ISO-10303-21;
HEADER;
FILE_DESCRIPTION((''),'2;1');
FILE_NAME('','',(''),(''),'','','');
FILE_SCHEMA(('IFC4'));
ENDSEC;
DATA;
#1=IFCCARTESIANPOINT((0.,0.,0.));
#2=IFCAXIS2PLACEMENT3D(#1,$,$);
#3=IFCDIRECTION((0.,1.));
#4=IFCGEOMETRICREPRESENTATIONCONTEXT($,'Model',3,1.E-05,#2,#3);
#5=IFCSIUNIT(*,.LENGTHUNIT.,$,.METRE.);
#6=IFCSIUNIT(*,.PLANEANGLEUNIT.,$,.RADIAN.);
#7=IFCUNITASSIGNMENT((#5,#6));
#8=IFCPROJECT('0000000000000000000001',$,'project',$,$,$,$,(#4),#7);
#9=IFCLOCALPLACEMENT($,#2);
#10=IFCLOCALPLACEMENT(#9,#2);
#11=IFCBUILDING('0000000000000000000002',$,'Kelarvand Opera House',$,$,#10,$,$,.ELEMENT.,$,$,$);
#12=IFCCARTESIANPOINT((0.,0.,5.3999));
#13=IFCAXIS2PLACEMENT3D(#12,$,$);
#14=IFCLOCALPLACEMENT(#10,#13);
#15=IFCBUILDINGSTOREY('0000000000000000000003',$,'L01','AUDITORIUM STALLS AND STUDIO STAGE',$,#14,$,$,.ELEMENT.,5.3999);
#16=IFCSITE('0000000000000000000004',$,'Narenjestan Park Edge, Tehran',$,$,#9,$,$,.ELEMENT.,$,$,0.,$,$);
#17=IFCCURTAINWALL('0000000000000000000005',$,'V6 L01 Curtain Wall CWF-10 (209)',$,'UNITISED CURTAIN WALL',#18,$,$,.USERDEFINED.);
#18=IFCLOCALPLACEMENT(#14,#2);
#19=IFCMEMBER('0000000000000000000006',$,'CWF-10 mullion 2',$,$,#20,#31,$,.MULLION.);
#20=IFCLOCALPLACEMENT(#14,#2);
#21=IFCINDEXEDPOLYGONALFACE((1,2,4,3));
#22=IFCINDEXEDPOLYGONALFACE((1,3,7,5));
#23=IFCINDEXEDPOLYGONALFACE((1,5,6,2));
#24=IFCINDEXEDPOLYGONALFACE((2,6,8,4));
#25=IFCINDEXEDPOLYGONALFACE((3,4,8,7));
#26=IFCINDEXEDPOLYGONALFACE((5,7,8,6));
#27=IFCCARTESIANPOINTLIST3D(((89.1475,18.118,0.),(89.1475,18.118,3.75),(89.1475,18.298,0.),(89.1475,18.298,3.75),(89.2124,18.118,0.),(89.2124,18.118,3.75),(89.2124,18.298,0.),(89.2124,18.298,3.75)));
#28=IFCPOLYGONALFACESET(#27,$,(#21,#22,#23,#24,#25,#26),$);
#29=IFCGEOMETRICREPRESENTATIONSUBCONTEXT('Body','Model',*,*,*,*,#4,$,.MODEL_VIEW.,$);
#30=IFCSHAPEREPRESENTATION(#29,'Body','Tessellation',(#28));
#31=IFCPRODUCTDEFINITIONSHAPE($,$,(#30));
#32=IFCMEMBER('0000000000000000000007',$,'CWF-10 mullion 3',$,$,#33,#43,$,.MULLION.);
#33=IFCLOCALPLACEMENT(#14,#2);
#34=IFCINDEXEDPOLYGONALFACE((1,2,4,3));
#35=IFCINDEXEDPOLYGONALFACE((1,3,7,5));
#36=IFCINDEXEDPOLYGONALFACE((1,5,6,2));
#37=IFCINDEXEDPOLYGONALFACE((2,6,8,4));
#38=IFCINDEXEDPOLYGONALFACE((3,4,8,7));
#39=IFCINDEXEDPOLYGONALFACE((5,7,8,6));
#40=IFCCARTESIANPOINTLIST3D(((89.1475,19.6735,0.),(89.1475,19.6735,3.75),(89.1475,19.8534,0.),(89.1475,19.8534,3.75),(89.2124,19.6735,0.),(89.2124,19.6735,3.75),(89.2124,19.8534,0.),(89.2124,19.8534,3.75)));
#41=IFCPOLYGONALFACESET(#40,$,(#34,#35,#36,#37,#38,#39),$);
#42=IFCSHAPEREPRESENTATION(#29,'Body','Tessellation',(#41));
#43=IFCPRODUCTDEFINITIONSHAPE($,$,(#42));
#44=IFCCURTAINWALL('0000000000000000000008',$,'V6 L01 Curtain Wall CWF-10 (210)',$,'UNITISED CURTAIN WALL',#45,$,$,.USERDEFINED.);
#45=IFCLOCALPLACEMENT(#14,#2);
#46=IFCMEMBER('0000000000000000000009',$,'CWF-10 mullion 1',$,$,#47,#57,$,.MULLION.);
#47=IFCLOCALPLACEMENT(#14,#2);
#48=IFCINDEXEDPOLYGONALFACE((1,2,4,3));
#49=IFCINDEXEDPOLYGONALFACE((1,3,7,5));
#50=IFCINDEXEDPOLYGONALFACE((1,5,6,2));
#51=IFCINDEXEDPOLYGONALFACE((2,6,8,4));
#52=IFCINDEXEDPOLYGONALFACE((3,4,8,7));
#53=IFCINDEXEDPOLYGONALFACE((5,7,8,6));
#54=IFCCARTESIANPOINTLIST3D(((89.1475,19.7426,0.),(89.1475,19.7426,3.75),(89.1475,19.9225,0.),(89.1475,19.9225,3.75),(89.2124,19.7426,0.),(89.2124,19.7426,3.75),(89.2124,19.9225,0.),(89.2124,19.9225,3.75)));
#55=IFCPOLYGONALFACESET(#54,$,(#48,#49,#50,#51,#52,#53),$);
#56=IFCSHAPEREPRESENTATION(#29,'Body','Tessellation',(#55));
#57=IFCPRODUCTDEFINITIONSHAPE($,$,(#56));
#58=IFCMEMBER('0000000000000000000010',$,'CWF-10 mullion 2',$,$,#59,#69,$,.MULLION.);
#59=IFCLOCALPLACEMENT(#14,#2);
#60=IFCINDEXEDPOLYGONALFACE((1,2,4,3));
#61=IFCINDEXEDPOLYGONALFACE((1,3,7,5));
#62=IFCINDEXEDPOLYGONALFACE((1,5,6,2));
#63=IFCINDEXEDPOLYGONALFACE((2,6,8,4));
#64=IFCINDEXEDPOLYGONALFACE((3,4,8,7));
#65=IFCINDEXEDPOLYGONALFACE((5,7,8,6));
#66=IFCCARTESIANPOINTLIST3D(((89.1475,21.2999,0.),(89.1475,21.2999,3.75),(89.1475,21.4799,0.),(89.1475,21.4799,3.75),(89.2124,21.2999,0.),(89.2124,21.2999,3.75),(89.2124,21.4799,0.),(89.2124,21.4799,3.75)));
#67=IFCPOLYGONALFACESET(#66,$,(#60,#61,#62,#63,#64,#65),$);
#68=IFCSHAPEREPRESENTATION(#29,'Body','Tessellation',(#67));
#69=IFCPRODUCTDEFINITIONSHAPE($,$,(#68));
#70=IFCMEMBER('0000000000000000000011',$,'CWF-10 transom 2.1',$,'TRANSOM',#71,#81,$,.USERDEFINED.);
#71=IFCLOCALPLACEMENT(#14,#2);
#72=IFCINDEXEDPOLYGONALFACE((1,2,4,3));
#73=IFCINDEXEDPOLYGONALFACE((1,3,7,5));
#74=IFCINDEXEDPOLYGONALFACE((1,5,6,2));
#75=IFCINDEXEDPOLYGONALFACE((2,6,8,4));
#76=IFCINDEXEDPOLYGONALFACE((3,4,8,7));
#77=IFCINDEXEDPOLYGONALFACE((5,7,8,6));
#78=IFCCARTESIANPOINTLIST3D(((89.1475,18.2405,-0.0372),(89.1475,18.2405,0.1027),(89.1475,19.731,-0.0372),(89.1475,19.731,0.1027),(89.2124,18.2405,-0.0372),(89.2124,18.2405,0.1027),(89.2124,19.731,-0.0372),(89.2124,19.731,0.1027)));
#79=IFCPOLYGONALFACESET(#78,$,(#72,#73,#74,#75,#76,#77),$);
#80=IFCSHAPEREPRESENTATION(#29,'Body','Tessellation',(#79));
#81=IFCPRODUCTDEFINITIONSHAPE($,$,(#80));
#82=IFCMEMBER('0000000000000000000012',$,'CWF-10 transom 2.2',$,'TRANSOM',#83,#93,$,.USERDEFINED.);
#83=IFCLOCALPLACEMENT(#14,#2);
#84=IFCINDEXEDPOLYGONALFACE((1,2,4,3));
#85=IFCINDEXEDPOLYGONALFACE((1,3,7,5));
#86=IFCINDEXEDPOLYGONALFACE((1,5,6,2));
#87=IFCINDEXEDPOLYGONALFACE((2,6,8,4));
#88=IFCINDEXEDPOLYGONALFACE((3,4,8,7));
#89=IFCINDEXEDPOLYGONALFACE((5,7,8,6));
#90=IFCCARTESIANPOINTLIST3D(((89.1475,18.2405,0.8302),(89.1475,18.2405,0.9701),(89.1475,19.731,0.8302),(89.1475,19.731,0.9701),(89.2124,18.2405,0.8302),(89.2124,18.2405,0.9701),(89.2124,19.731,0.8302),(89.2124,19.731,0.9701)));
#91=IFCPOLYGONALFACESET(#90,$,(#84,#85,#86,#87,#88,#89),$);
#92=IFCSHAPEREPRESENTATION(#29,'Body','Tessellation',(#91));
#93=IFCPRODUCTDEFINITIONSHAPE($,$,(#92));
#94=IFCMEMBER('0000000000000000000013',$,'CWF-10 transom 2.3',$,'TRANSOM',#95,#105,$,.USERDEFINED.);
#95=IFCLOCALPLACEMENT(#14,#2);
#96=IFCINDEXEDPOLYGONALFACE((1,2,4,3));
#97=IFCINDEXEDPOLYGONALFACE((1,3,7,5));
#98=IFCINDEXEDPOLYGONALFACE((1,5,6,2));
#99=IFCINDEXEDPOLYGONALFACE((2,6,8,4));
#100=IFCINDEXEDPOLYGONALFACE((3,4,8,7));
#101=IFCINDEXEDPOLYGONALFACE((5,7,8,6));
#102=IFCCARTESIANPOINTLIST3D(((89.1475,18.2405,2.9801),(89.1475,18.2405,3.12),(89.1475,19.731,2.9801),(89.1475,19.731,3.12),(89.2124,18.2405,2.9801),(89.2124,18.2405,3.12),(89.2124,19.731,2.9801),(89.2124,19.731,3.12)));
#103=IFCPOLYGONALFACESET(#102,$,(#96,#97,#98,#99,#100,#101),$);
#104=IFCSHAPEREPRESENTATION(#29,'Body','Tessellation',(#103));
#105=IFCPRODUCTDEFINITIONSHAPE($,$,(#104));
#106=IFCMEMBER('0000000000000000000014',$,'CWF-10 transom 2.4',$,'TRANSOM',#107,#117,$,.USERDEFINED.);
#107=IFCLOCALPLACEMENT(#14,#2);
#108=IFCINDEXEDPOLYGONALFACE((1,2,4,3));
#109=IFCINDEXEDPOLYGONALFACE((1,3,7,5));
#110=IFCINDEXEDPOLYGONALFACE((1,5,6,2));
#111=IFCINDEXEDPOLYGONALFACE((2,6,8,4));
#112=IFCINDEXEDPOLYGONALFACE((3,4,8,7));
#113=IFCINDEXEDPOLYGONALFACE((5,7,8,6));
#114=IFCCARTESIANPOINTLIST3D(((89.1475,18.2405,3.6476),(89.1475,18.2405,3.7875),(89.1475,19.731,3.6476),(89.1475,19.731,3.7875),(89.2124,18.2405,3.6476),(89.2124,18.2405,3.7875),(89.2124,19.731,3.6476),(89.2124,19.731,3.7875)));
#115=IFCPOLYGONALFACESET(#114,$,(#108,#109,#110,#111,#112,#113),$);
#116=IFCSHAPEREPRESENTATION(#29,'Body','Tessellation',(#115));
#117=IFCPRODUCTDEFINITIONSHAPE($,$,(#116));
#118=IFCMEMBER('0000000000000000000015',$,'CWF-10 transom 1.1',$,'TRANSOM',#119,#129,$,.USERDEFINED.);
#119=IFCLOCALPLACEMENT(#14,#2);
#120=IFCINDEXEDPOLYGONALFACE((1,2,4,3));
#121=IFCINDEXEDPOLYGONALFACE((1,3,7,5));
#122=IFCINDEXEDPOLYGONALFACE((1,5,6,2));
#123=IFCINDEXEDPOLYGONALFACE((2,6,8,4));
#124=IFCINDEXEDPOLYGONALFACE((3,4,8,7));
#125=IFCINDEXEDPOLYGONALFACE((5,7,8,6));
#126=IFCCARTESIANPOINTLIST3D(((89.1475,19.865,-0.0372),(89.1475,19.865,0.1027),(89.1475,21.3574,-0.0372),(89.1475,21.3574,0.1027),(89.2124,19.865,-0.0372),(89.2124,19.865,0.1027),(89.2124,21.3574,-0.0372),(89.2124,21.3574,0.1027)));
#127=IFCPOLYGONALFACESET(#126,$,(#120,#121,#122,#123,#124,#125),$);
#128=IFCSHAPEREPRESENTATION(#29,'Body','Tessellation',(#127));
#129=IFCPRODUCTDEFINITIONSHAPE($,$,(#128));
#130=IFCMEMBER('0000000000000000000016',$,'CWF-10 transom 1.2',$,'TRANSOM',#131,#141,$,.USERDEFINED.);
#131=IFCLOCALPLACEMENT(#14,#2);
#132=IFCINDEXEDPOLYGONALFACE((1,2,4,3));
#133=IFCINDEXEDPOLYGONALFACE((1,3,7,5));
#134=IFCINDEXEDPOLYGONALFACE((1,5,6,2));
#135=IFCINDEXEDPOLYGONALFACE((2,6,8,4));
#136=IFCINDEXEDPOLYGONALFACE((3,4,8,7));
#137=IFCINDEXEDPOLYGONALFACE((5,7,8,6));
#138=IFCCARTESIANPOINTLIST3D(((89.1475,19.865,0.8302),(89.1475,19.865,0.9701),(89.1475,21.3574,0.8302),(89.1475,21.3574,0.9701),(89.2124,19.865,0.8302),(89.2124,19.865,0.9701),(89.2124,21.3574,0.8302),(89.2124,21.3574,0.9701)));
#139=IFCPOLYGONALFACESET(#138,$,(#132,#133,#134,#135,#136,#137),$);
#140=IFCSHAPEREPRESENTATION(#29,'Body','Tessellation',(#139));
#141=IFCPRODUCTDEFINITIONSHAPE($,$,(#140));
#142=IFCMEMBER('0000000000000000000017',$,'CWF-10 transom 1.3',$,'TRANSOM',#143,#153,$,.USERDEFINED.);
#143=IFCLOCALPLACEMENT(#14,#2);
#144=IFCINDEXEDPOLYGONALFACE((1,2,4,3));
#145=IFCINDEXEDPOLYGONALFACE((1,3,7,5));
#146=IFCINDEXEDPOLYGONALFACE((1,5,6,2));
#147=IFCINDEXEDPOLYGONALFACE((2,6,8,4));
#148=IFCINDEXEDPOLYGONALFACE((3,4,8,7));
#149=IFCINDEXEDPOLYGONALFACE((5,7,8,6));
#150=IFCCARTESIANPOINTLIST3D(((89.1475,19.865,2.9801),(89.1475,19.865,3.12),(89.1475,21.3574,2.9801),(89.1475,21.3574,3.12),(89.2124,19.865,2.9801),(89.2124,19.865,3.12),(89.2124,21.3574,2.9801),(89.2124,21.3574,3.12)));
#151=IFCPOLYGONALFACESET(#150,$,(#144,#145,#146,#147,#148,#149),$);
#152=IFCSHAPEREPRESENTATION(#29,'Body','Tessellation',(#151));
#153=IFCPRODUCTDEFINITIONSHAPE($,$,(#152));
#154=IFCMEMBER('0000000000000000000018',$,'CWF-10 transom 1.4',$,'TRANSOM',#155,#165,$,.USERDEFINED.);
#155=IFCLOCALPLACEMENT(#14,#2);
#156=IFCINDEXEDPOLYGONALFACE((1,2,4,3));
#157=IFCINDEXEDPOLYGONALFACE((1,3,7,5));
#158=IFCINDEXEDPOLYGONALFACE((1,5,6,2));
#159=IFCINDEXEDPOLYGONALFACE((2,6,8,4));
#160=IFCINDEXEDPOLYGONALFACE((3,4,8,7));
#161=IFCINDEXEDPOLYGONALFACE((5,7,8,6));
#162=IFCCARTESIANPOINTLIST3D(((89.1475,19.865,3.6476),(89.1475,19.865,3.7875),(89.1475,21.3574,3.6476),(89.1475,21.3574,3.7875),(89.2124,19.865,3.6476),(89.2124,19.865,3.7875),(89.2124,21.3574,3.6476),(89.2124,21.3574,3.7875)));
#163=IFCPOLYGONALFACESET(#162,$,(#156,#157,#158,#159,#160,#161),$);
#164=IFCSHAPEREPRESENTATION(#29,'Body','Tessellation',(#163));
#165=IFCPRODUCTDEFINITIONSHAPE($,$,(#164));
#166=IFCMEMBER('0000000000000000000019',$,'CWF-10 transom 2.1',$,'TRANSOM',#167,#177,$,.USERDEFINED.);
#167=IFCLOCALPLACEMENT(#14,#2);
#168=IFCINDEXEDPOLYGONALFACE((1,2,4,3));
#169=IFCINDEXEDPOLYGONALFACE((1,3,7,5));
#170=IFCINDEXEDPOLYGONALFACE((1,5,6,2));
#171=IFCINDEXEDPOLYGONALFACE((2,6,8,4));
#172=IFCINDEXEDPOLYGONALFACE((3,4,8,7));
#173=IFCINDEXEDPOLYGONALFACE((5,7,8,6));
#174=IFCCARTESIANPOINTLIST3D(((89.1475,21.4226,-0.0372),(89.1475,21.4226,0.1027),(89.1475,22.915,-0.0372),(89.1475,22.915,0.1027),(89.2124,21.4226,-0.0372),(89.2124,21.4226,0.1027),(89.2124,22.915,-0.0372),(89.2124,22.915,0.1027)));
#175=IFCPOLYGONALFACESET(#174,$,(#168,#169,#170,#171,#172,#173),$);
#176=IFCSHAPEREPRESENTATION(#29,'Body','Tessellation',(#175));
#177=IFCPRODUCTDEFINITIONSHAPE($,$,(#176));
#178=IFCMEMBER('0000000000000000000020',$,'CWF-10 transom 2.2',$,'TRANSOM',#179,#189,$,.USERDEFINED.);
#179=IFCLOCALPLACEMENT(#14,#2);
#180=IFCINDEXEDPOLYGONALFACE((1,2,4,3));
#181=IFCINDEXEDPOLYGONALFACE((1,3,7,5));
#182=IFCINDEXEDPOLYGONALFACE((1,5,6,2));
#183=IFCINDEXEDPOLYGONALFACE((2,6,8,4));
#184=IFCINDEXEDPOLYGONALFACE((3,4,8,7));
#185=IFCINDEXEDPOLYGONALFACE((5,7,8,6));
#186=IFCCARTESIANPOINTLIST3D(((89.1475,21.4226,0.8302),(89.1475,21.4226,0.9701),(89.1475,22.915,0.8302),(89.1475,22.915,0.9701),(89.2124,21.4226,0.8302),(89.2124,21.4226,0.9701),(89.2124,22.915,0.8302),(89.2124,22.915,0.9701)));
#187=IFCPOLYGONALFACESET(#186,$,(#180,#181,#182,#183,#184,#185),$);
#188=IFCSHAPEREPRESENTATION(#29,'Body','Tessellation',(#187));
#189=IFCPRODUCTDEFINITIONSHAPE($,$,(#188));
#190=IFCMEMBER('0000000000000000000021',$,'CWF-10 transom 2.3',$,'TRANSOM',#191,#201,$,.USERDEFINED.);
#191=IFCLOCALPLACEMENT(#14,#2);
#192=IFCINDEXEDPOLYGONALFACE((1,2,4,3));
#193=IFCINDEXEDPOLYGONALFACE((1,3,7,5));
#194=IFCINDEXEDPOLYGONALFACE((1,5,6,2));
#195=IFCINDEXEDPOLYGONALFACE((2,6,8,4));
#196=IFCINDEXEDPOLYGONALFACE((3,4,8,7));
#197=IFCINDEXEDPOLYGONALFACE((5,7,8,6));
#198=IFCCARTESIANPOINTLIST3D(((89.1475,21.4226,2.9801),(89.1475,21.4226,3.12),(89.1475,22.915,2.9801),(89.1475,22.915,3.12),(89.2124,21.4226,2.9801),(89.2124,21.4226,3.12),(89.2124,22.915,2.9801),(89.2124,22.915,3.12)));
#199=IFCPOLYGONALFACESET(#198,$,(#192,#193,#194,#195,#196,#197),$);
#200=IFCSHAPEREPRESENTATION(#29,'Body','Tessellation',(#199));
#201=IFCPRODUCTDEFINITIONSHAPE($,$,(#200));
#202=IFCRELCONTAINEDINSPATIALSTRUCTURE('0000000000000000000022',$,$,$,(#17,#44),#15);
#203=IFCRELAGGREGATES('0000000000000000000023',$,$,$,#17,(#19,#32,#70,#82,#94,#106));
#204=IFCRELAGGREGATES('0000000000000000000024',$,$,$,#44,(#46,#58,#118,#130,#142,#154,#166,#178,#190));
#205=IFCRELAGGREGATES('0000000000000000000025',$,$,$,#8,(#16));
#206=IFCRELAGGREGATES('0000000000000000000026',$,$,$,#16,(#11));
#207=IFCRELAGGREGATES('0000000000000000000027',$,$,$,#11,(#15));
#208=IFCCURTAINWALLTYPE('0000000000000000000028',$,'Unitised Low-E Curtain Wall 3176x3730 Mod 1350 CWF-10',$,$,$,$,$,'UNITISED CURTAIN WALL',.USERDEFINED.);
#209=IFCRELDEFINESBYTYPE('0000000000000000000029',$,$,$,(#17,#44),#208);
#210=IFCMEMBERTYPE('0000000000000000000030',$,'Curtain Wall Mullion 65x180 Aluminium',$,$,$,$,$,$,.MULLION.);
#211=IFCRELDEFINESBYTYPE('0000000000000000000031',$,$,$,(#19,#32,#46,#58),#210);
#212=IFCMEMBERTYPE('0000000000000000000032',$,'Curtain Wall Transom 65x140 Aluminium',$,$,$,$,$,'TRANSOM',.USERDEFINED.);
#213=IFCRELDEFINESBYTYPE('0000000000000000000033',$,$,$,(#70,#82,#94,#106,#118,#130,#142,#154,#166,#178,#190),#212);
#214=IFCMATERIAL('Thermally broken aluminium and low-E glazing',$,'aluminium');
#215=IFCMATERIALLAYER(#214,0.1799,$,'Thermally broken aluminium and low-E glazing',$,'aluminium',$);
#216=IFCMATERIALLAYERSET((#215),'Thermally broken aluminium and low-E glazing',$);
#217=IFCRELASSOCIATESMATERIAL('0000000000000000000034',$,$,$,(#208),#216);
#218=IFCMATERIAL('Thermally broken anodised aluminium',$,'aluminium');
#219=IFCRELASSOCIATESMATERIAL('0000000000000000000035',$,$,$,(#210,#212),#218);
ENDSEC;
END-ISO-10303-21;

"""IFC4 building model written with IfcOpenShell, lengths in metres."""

from ifc_helpers import new_model, si_unit, direction, frame, origin, origin_2d, place, context, subcontext, project, spatial, rectangle, extrude, material, layer, layer_set, material_profile, profile_set, type_object, element, aggregate, save


model = new_model("IFC4")

# Units and contexts
model_context = context("Model", 3, precision=1e-05, world=origin(), true_north=direction((0.0, 1.0)))
body_context = subcontext(model_context, "Body", "Model", "MODEL_VIEW")
ifc_project = project(units=[si_unit("LENGTHUNIT", "METRE"), si_unit("PLANEANGLEUNIT", "RADIAN")], contexts=[model_context])

# Site, building, storey
site_placement = place(None, origin())
site = spatial("IfcSite", under=ifc_project, at=site_placement, Name="Narenjestan Park Edge, Tehran", CompositionType="ELEMENT", RefElevation=0.0)
building_placement = place(site_placement, origin())
building = spatial("IfcBuilding", under=site, at=building_placement, Name="Kelarvand Opera House", CompositionType="ELEMENT")
storey_placement = place(building_placement, frame((0.0, 0.0, 5.3999)))
storey = spatial("IfcBuildingStorey", under=building, at=storey_placement, Name="L01", Description="AUDITORIUM STALLS AND STUDIO STAGE", CompositionType="ELEMENT", Elevation=5.3999)

# Curtain walls, members
ifc_material_1 = material(Name="Thermally broken aluminium and low-E glazing", Category="aluminium")
ifc_layer_1 = layer(ifc_material_1, 0.1799, Name="Thermally broken aluminium and low-E glazing", Category="aluminium")
ifc_layer_set_1 = layer_set([ifc_layer_1], Name="Thermally broken aluminium and low-E glazing")
curtain_wall_type = type_object("IfcCurtainWallType", Name="Unitised Low-E Curtain Wall 3176x3730 Mod 1350 CWF-10", ElementType="UNITISED CURTAIN WALL", PredefinedType="USERDEFINED", material=ifc_layer_set_1)
curtain_wall_1_placement = place(storey_placement, origin())
curtain_wall_1 = element("IfcCurtainWall", 1, at=curtain_wall_1_placement, inside=storey, type_object=curtain_wall_type, Name="V6 L01 Curtain Wall CWF-10 (209)", ObjectType="UNITISED CURTAIN WALL", PredefinedType="USERDEFINED")
ifc_material_2 = material(Name="Thermally broken anodised aluminium", Category="aluminium")
ifc_material_profile_1 = material_profile(ifc_material_2, rectangle(XDim=0.0649, YDim=0.1799, at=origin_2d()), Name="ALU MULLION 65x180", Category="aluminium")
ifc_profile_set_1 = profile_set([ifc_material_profile_1], Name="Thermally broken anodised aluminium")
member_type_1 = type_object("IfcMemberType", Name="Curtain Wall Mullion 65x180 Aluminium", PredefinedType="MULLION", material=ifc_profile_set_1)
member_1_placement = place(storey_placement, frame((89.1799, 18.208, 0.0), z_axis=(0.0, 0.0, 1.0), x_axis=(-1.0, 0.0, 0.0)))
member_1 = element("IfcMember", 2, at=member_1_placement, type_object=member_type_1, Name="CWF-10 mullion 2", PredefinedType="MULLION", context=body_context, shape_type="SweptSolid", body=[
    extrude(rectangle(XDim=0.0649, YDim=0.1799, at=origin_2d()), origin(), (0.0, 0.0, 1.0), 3.75),
])
member_2_placement = place(storey_placement, frame((89.1799, 19.7634, 0.0), z_axis=(0.0, 0.0, 1.0), x_axis=(-1.0, 0.0, 0.0)))
member_2 = element("IfcMember", 3, at=member_2_placement, type_object=member_type_1, Name="CWF-10 mullion 3", PredefinedType="MULLION", context=body_context, shape_type="SweptSolid", body=[
    extrude(rectangle(XDim=0.0649, YDim=0.1799, at=origin_2d()), origin(), (0.0, 0.0, 1.0), 3.75),
])
curtain_wall_2_placement = place(storey_placement, origin())
curtain_wall_2 = element("IfcCurtainWall", 4, at=curtain_wall_2_placement, inside=storey, type_object=curtain_wall_type, Name="V6 L01 Curtain Wall CWF-10 (210)", ObjectType="UNITISED CURTAIN WALL", PredefinedType="USERDEFINED")
member_3_placement = place(storey_placement, frame((89.1799, 19.8325, 0.0), z_axis=(0.0, 0.0, 1.0), x_axis=(-1.0, 0.0, 0.0)))
member_3 = element("IfcMember", 5, at=member_3_placement, type_object=member_type_1, Name="CWF-10 mullion 1", PredefinedType="MULLION", context=body_context, shape_type="SweptSolid", body=[
    extrude(rectangle(XDim=0.0649, YDim=0.1799, at=origin_2d()), origin(), (0.0, 0.0, 1.0), 3.75),
])
member_4_placement = place(storey_placement, frame((89.1799, 21.3899, 0.0), z_axis=(0.0, 0.0, 1.0), x_axis=(-1.0, 0.0, 0.0)))
member_4 = element("IfcMember", 6, at=member_4_placement, type_object=member_type_1, Name="CWF-10 mullion 2", PredefinedType="MULLION", context=body_context, shape_type="SweptSolid", body=[
    extrude(rectangle(XDim=0.0649, YDim=0.1799, at=origin_2d()), origin(), (0.0, 0.0, 1.0), 3.75),
])

# Members
ifc_material_profile_2 = material_profile(ifc_material_2, rectangle(XDim=0.0649, YDim=0.1399, at=origin_2d()), Name="ALU TRANSOM 65x140", Category="aluminium")
ifc_profile_set_2 = profile_set([ifc_material_profile_2], Name="Thermally broken anodised aluminium")
member_type_2 = type_object("IfcMemberType", Name="Curtain Wall Transom 65x140 Aluminium", ElementType="TRANSOM", PredefinedType="USERDEFINED", material=ifc_profile_set_2)
member_5_placement = place(storey_placement, frame((89.1799, 18.2405, 0.0327), z_axis=(0.0, 1.0, 0.0), x_axis=(-1.0, 0.0, 0.0)))
member_5 = element("IfcMember", 7, at=member_5_placement, type_object=member_type_2, Name="CWF-10 transom 2.1", ObjectType="TRANSOM", PredefinedType="USERDEFINED", context=body_context, shape_type="SweptSolid", body=[
    extrude(rectangle(XDim=0.0649, YDim=0.1399, at=origin_2d()), origin(), (0.0, 0.0, 1.0), 1.4905),
])
member_6_placement = place(storey_placement, frame((89.1799, 18.2405, 0.9001), z_axis=(0.0, 1.0, 0.0), x_axis=(-1.0, 0.0, 0.0)))
member_6 = element("IfcMember", 8, at=member_6_placement, type_object=member_type_2, Name="CWF-10 transom 2.2", ObjectType="TRANSOM", PredefinedType="USERDEFINED", context=body_context, shape_type="SweptSolid", body=[
    extrude(rectangle(XDim=0.0649, YDim=0.1399, at=origin_2d()), origin(), (0.0, 0.0, 1.0), 1.4905),
])
member_7_placement = place(storey_placement, frame((89.1799, 18.2405, 3.05), z_axis=(0.0, 1.0, 0.0), x_axis=(-1.0, 0.0, 0.0)))
member_7 = element("IfcMember", 9, at=member_7_placement, type_object=member_type_2, Name="CWF-10 transom 2.3", ObjectType="TRANSOM", PredefinedType="USERDEFINED", context=body_context, shape_type="SweptSolid", body=[
    extrude(rectangle(XDim=0.0649, YDim=0.1399, at=origin_2d()), origin(), (0.0, 0.0, 1.0), 1.4905),
])
member_8_placement = place(storey_placement, frame((89.1799, 18.2405, 3.7175), z_axis=(0.0, 1.0, 0.0), x_axis=(-1.0, 0.0, 0.0)))
member_8 = element("IfcMember", 10, at=member_8_placement, type_object=member_type_2, Name="CWF-10 transom 2.4", ObjectType="TRANSOM", PredefinedType="USERDEFINED", context=body_context, shape_type="SweptSolid", body=[
    extrude(rectangle(XDim=0.0649, YDim=0.1399, at=origin_2d()), origin(), (0.0, 0.0, 1.0), 1.4905),
])
member_9_placement = place(storey_placement, frame((89.1799, 19.865, 0.0327), z_axis=(0.0, 1.0, 0.0), x_axis=(-1.0, 0.0, 0.0)))
member_9 = element("IfcMember", 11, at=member_9_placement, type_object=member_type_2, Name="CWF-10 transom 1.1", ObjectType="TRANSOM", PredefinedType="USERDEFINED", context=body_context, shape_type="SweptSolid", body=[
    extrude(rectangle(XDim=0.0649, YDim=0.1399, at=origin_2d()), origin(), (0.0, 0.0, 1.0), 1.4924),
])
member_10_placement = place(storey_placement, frame((89.1799, 19.865, 0.9001), z_axis=(0.0, 1.0, 0.0), x_axis=(-1.0, 0.0, 0.0)))
member_10 = element("IfcMember", 12, at=member_10_placement, type_object=member_type_2, Name="CWF-10 transom 1.2", ObjectType="TRANSOM", PredefinedType="USERDEFINED", context=body_context, shape_type="SweptSolid", body=[
    extrude(rectangle(XDim=0.0649, YDim=0.1399, at=origin_2d()), origin(), (0.0, 0.0, 1.0), 1.4924),
])
member_11_placement = place(storey_placement, frame((89.1799, 19.865, 3.05), z_axis=(0.0, 1.0, 0.0), x_axis=(-1.0, 0.0, 0.0)))
member_11 = element("IfcMember", 13, at=member_11_placement, type_object=member_type_2, Name="CWF-10 transom 1.3", ObjectType="TRANSOM", PredefinedType="USERDEFINED", context=body_context, shape_type="SweptSolid", body=[
    extrude(rectangle(XDim=0.0649, YDim=0.1399, at=origin_2d()), origin(), (0.0, 0.0, 1.0), 1.4924),
])
member_12_placement = place(storey_placement, frame((89.1799, 19.865, 3.7175), z_axis=(0.0, 1.0, 0.0), x_axis=(-1.0, 0.0, 0.0)))
member_12 = element("IfcMember", 14, at=member_12_placement, type_object=member_type_2, Name="CWF-10 transom 1.4", ObjectType="TRANSOM", PredefinedType="USERDEFINED", context=body_context, shape_type="SweptSolid", body=[
    extrude(rectangle(XDim=0.0649, YDim=0.1399, at=origin_2d()), origin(), (0.0, 0.0, 1.0), 1.4924),
])
member_13_placement = place(storey_placement, frame((89.1799, 21.4226, 0.0327), z_axis=(0.0, 1.0, 0.0), x_axis=(-1.0, 0.0, 0.0)))
member_13 = element("IfcMember", 15, at=member_13_placement, type_object=member_type_2, Name="CWF-10 transom 2.1", ObjectType="TRANSOM", PredefinedType="USERDEFINED", context=body_context, shape_type="SweptSolid", body=[
    extrude(rectangle(XDim=0.0649, YDim=0.1399, at=origin_2d()), origin(), (0.0, 0.0, 1.0), 1.4924),
])
member_14_placement = place(storey_placement, frame((89.1799, 21.4226, 0.9001), z_axis=(0.0, 1.0, 0.0), x_axis=(-1.0, 0.0, 0.0)))
member_14 = element("IfcMember", 16, at=member_14_placement, type_object=member_type_2, Name="CWF-10 transom 2.2", ObjectType="TRANSOM", PredefinedType="USERDEFINED", context=body_context, shape_type="SweptSolid", body=[
    extrude(rectangle(XDim=0.0649, YDim=0.1399, at=origin_2d()), origin(), (0.0, 0.0, 1.0), 1.4924),
])
member_15_placement = place(storey_placement, frame((89.1799, 21.4226, 3.05), z_axis=(0.0, 1.0, 0.0), x_axis=(-1.0, 0.0, 0.0)))
member_15 = element("IfcMember", 17, at=member_15_placement, type_object=member_type_2, Name="CWF-10 transom 2.3", ObjectType="TRANSOM", PredefinedType="USERDEFINED", context=body_context, shape_type="SweptSolid", body=[
    extrude(rectangle(XDim=0.0649, YDim=0.1399, at=origin_2d()), origin(), (0.0, 0.0, 1.0), 1.4924),
])

aggregate(curtain_wall_1, [member_1, member_2, member_5, member_6, member_7, member_8])
aggregate(curtain_wall_2, [member_3, member_4, member_9, member_10, member_11, member_12, member_13, member_14, member_15])

save(model, "model.ifc")
